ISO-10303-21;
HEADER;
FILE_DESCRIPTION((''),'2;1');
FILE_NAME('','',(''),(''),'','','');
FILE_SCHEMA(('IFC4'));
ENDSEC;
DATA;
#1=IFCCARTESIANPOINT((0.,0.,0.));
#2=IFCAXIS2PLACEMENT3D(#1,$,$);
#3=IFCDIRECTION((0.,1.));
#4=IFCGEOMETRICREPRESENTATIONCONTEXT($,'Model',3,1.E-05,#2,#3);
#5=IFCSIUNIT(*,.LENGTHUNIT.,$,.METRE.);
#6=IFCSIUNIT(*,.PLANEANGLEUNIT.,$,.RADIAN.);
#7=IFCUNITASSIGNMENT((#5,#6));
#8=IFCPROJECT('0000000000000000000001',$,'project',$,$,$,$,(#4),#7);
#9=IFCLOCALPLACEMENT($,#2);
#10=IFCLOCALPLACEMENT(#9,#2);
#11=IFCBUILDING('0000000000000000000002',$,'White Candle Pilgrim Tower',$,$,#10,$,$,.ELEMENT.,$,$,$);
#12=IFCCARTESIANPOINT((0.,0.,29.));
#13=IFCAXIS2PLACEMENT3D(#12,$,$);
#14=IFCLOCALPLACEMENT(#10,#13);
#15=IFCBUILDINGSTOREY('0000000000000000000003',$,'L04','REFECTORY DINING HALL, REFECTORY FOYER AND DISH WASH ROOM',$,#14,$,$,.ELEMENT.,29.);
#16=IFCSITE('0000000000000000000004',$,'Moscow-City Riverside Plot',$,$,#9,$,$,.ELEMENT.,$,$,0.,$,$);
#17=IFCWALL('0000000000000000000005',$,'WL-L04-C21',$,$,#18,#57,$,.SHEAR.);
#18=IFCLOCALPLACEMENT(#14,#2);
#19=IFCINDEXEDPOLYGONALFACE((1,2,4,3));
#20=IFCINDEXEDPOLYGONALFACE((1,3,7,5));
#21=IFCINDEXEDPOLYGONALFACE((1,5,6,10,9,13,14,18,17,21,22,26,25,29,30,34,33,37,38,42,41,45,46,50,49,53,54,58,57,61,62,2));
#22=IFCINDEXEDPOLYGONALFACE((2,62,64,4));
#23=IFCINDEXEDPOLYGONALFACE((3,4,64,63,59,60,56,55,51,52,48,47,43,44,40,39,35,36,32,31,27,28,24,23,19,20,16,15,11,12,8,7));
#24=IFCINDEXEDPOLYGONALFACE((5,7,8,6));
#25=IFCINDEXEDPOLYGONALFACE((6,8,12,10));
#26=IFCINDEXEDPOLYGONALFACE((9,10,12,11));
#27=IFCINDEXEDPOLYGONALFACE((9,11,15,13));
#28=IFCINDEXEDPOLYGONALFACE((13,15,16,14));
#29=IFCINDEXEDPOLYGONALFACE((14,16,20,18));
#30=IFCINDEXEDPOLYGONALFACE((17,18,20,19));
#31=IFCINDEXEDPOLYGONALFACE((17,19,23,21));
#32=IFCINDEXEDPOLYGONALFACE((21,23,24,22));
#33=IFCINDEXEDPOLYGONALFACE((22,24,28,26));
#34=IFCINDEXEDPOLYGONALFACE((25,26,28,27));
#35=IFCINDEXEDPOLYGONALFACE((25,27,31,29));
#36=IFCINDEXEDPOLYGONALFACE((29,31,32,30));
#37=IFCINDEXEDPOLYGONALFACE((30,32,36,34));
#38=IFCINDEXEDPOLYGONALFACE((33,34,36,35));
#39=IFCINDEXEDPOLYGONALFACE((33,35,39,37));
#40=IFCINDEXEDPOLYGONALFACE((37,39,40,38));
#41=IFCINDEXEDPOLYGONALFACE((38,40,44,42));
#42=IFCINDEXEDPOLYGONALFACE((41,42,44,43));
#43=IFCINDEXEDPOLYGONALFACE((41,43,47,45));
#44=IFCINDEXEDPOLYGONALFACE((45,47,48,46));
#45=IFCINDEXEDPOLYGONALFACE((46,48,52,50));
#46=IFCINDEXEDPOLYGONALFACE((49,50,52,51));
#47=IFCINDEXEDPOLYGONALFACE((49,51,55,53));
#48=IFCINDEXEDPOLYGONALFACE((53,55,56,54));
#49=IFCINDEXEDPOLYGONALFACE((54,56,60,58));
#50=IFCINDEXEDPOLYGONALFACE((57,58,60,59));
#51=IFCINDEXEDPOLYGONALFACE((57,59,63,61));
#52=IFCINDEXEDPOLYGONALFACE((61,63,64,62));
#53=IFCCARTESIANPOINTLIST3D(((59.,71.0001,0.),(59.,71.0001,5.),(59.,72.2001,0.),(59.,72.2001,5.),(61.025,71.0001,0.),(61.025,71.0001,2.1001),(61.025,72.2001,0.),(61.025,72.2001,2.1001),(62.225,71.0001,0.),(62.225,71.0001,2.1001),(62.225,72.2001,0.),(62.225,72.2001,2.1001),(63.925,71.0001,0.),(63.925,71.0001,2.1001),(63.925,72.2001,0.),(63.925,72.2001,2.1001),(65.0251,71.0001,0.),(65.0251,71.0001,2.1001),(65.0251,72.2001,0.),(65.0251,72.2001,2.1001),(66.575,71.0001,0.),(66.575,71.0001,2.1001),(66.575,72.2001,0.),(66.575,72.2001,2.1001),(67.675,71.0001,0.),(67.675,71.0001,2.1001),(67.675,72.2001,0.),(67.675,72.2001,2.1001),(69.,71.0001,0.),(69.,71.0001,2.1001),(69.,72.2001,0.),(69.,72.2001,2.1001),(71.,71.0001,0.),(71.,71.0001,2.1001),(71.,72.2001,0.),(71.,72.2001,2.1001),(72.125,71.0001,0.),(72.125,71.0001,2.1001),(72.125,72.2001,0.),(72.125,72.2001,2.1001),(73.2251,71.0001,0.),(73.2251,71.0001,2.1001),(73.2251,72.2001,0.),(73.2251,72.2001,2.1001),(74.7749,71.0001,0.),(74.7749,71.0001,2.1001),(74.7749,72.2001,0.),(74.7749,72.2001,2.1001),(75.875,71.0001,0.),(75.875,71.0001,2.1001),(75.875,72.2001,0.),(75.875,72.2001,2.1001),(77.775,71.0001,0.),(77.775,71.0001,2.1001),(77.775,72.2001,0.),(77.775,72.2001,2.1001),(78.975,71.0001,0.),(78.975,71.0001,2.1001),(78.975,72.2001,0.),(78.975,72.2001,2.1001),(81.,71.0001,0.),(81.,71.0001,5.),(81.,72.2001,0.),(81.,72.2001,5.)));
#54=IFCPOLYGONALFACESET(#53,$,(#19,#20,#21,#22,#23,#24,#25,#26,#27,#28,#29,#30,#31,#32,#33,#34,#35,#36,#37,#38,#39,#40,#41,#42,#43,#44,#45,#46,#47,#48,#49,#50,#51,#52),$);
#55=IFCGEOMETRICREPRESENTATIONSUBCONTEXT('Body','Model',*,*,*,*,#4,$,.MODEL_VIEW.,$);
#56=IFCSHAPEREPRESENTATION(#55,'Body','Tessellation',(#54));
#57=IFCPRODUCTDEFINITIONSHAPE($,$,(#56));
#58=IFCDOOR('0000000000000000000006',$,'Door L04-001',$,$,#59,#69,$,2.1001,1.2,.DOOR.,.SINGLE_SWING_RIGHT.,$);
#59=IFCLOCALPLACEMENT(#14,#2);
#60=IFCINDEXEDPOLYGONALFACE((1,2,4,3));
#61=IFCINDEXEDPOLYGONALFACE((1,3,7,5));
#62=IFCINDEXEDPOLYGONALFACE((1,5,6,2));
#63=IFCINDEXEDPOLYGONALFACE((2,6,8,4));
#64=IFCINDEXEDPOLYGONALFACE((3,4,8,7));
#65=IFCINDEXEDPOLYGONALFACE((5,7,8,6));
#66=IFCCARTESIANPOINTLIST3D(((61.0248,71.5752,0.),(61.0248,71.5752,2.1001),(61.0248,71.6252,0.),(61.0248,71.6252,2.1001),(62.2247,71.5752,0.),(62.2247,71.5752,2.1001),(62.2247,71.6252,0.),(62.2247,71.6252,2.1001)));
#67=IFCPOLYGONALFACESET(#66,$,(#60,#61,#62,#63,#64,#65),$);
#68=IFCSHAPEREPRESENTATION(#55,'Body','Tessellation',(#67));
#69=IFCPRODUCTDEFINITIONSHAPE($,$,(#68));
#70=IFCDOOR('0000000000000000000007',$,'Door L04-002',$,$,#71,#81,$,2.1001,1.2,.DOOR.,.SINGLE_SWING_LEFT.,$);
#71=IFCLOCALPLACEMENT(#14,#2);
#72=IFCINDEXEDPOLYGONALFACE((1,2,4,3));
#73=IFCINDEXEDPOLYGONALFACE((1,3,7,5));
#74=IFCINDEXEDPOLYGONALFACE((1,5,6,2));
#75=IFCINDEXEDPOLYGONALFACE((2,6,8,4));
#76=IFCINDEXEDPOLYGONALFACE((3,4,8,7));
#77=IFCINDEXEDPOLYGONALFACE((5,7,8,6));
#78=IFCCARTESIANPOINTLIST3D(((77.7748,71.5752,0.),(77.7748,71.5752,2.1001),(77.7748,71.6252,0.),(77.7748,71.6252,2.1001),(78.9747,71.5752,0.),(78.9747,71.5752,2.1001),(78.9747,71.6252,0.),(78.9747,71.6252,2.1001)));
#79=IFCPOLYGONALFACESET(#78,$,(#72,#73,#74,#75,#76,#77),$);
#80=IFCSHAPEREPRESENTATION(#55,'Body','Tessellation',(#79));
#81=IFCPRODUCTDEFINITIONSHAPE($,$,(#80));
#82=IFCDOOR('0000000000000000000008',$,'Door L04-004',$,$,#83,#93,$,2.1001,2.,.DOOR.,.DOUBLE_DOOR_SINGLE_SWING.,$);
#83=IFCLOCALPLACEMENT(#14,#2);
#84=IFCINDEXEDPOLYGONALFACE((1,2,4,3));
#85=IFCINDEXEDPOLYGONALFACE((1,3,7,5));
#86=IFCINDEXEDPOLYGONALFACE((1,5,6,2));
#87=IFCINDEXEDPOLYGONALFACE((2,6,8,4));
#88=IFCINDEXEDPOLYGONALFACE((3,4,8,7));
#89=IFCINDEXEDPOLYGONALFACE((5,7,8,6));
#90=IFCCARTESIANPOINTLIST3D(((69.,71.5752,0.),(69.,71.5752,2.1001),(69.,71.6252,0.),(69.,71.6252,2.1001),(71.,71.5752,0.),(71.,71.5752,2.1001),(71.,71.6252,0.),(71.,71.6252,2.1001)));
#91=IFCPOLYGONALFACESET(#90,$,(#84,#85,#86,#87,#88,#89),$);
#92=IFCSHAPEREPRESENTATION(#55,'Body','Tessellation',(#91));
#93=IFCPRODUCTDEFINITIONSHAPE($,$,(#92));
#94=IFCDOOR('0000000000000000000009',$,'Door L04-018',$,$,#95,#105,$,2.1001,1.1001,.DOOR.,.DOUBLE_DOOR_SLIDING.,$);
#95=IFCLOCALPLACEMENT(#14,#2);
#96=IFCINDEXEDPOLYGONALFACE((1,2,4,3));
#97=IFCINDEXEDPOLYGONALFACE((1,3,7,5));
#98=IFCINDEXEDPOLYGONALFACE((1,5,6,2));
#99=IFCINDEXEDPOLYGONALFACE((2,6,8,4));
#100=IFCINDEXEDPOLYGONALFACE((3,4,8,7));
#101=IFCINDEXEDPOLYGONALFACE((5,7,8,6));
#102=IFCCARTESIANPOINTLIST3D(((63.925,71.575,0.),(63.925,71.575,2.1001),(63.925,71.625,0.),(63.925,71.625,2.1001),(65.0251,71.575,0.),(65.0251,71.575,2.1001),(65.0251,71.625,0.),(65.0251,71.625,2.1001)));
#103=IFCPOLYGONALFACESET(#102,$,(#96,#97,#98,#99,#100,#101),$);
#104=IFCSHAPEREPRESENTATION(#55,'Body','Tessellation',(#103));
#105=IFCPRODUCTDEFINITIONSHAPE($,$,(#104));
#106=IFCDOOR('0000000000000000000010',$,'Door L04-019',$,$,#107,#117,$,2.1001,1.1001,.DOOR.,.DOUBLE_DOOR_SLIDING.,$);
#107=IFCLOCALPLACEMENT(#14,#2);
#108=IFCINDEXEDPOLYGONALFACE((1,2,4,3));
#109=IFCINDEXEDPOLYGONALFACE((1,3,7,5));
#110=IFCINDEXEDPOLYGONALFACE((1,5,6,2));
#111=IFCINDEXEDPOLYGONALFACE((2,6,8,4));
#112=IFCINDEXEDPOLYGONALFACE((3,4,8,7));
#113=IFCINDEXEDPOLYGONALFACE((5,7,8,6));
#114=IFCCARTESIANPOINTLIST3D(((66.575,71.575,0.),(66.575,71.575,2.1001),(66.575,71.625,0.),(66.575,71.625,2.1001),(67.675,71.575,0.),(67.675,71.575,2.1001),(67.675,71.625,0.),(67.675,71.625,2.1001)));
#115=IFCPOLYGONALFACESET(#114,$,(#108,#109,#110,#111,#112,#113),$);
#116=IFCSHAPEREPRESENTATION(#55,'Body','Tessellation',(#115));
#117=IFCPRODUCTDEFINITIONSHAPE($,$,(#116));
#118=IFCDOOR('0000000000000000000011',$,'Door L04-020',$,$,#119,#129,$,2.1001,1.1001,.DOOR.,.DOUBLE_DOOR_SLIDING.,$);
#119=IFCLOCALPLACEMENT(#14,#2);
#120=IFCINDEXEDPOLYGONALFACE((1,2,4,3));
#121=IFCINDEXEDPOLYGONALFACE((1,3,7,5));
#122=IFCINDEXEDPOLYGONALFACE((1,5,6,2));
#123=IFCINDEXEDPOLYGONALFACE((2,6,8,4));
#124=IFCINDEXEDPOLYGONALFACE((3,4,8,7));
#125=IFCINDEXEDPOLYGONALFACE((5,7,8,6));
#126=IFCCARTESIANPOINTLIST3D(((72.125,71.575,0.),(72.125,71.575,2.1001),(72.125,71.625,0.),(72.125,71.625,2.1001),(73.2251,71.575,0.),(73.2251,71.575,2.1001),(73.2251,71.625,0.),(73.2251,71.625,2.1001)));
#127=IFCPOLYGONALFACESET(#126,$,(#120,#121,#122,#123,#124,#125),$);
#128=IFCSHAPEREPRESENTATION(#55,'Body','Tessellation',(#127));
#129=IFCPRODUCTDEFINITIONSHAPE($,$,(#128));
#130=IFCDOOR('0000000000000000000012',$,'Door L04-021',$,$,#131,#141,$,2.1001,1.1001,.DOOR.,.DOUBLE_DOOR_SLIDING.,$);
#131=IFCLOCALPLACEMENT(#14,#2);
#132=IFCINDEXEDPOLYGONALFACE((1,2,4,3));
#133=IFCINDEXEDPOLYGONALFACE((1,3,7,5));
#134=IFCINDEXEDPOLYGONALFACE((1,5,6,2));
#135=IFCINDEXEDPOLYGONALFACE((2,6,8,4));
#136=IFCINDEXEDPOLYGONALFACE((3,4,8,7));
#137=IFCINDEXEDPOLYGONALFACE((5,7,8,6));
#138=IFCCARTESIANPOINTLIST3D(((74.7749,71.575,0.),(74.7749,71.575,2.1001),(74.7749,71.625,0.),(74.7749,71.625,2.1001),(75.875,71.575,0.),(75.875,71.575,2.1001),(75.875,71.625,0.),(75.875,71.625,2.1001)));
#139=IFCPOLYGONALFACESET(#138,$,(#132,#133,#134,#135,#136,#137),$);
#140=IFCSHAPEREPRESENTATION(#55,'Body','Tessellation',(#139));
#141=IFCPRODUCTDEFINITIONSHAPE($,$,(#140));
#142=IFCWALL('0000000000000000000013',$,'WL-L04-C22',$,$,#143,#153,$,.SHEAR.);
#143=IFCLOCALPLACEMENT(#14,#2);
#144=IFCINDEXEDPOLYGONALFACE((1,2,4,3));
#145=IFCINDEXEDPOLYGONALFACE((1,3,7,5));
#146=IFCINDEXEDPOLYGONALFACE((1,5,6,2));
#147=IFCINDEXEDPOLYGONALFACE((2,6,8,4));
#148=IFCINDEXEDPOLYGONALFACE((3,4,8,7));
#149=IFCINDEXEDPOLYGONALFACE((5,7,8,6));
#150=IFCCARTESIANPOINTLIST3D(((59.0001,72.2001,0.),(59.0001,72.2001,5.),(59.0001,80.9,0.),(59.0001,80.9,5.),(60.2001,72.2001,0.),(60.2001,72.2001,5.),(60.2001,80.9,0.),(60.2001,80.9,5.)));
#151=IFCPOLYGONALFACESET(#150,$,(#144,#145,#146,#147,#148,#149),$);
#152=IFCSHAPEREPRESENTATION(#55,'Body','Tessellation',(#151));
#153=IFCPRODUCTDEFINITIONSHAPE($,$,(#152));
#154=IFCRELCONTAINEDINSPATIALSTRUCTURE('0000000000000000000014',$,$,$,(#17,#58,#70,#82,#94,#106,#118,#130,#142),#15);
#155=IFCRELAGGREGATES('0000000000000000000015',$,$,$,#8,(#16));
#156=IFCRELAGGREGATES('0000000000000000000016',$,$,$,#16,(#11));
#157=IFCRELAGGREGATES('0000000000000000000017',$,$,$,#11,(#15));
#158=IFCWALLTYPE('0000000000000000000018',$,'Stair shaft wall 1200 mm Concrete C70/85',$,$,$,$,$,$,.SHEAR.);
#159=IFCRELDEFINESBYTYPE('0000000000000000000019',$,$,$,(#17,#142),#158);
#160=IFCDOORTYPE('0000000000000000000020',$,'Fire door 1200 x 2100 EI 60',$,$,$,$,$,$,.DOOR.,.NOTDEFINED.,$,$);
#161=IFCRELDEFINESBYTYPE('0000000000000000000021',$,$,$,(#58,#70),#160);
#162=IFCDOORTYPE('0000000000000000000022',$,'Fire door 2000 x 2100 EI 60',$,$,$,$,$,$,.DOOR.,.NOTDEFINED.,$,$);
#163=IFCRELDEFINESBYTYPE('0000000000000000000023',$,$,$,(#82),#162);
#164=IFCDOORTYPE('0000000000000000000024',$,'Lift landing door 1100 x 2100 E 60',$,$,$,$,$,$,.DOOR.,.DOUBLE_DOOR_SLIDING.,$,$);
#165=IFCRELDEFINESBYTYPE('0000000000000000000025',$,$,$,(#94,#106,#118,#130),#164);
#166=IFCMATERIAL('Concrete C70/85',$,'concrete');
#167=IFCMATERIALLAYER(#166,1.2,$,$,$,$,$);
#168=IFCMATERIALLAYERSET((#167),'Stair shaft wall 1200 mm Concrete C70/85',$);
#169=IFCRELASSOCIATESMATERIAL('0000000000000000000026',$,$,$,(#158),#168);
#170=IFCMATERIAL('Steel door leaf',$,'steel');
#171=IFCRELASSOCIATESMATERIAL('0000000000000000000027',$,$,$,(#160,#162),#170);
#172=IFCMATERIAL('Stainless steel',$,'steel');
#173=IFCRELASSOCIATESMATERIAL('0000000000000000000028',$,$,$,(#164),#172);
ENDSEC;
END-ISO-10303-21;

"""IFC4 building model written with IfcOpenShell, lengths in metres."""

from ifc_helpers import new_model, si_unit, direction, frame, frame_2d, origin, place, context, subcontext, project, spatial, rectangle, extrude, material, layer, layer_set, type_object, element, fill, save


model = new_model("IFC4")

# Units and contexts
model_context = context("Model", 3, precision=1e-05, world=origin(), true_north=direction((0.0, 1.0)))
body_context = subcontext(model_context, "Body", "Model", "MODEL_VIEW")
ifc_project = project(units=[si_unit("LENGTHUNIT", "METRE"), si_unit("PLANEANGLEUNIT", "RADIAN")], contexts=[model_context])

# Site, building, storey
site_placement = place(None, origin())
site = spatial("IfcSite", under=ifc_project, at=site_placement, Name="Moscow-City Riverside Plot", CompositionType="ELEMENT", RefElevation=0.0)
building_placement = place(site_placement, origin())
building = spatial("IfcBuilding", under=site, at=building_placement, Name="White Candle Pilgrim Tower", CompositionType="ELEMENT")
storey_placement = place(building_placement, frame((0.0, 0.0, 29.0)))
storey = spatial("IfcBuildingStorey", under=building, at=storey_placement, Name="L04", Description="REFECTORY DINING HALL, REFECTORY FOYER AND DISH WASH ROOM", CompositionType="ELEMENT", Elevation=29.0)

# Shared definitions
ifc_material_1 = material(Name="Steel door leaf", Category="steel")

# Wall, openings, doors
ifc_material_2 = material(Name="Concrete C70/85", Category="concrete")
ifc_layer_1 = layer(ifc_material_2, 1.2)
ifc_layer_set_1 = layer_set([ifc_layer_1], Name="Stair shaft wall 1200 mm Concrete C70/85")
wall_type_1 = type_object("IfcWallType", Name="Stair shaft wall 1200 mm Concrete C70/85", PredefinedType="SHEAR", material=ifc_layer_set_1)
wall_1_placement = place(storey_placement, frame((59.0, 71.6001, 0.0), z_axis=(0.0, 0.0, 1.0), x_axis=(1.0, 0.0, 0.0)))
wall_1 = element("IfcWall", 1, at=wall_1_placement, inside=storey, type_object=wall_type_1, Name="WL-L04-C21", PredefinedType="SHEAR", context=body_context, shape_type="SweptSolid", body=[
    extrude(rectangle(XDim=22.0, YDim=1.2, at=frame_2d((11.0, 0.0))), origin(), (0.0, 0.0, 1.0), 5.0),
])
opening_1_placement = place(wall_1_placement, frame((2.0249, 0.0, 0.0)))
opening_1 = element("IfcOpeningElement", 2, at=opening_1_placement, cuts=wall_1, PredefinedType="OPENING", context=body_context, shape_type="SweptSolid", body=[
    extrude(rectangle(XDim=1.2, YDim=2.1001, at=frame_2d((0.6001, 1.05))), frame((0.0, 0.6099, 0.0), z_axis=(0.0, -1.0, 0.0), x_axis=(1.0, 0.0, 0.0)), (0.0, 0.0, 1.0), 1.22),
])
opening_2_placement = place(wall_1_placement, frame((18.7749, 0.0, 0.0)))
opening_2 = element("IfcOpeningElement", 3, at=opening_2_placement, cuts=wall_1, PredefinedType="OPENING", context=body_context, shape_type="SweptSolid", body=[
    extrude(rectangle(XDim=1.2, YDim=2.1001, at=frame_2d((0.6001, 1.05))), frame((0.0, 0.6099, 0.0), z_axis=(0.0, -1.0, 0.0), x_axis=(1.0, 0.0, 0.0)), (0.0, 0.0, 1.0), 1.22),
])
opening_3_placement = place(wall_1_placement, frame((10.0, 0.0, 0.0)))
opening_3 = element("IfcOpeningElement", 4, at=opening_3_placement, cuts=wall_1, PredefinedType="OPENING", context=body_context, shape_type="SweptSolid", body=[
    extrude(rectangle(XDim=2.0, YDim=2.1001, at=frame_2d((1.0, 1.05))), frame((0.0, 0.6099, 0.0), z_axis=(0.0, -1.0, 0.0), x_axis=(1.0, 0.0, 0.0)), (0.0, 0.0, 1.0), 1.22),
])
opening_4_placement = place(wall_1_placement, frame((4.925, 0.0, 0.0)))
opening_4 = element("IfcOpeningElement", 5, at=opening_4_placement, cuts=wall_1, PredefinedType="OPENING", context=body_context, shape_type="SweptSolid", body=[
    extrude(rectangle(XDim=1.1001, YDim=2.1001, at=frame_2d((0.55, 1.05))), frame((0.0, 0.6099, 0.0), z_axis=(0.0, -1.0, 0.0), x_axis=(1.0, 0.0, 0.0)), (0.0, 0.0, 1.0), 1.22),
])
opening_5_placement = place(wall_1_placement, frame((7.575, 0.0, 0.0)))
opening_5 = element("IfcOpeningElement", 6, at=opening_5_placement, cuts=wall_1, PredefinedType="OPENING", context=body_context, shape_type="SweptSolid", body=[
    extrude(rectangle(XDim=1.1001, YDim=2.1001, at=frame_2d((0.55, 1.05))), frame((0.0, 0.6099, 0.0), z_axis=(0.0, -1.0, 0.0), x_axis=(1.0, 0.0, 0.0)), (0.0, 0.0, 1.0), 1.22),
])
opening_6_placement = place(wall_1_placement, frame((13.125, 0.0, 0.0)))
opening_6 = element("IfcOpeningElement", 7, at=opening_6_placement, cuts=wall_1, PredefinedType="OPENING", context=body_context, shape_type="SweptSolid", body=[
    extrude(rectangle(XDim=1.1001, YDim=2.1001, at=frame_2d((0.55, 1.05))), frame((0.0, 0.6099, 0.0), z_axis=(0.0, -1.0, 0.0), x_axis=(1.0, 0.0, 0.0)), (0.0, 0.0, 1.0), 1.22),
])
opening_7_placement = place(wall_1_placement, frame((15.7749, 0.0, 0.0)))
opening_7 = element("IfcOpeningElement", 8, at=opening_7_placement, cuts=wall_1, PredefinedType="OPENING", context=body_context, shape_type="SweptSolid", body=[
    extrude(rectangle(XDim=1.1001, YDim=2.1001, at=frame_2d((0.55, 1.05))), frame((0.0, 0.6099, 0.0), z_axis=(0.0, -1.0, 0.0), x_axis=(1.0, 0.0, 0.0)), (0.0, 0.0, 1.0), 1.22),
])
door_type_1 = type_object("IfcDoorType", Name="Fire door 1200 x 2100 EI 60", OperationType="NOTDEFINED", PredefinedType="DOOR", material=ifc_material_1)
door_1_placement = place(opening_1_placement, frame((1.2, 0.0, 0.0), z_axis=(0.0, 0.0, 1.0), x_axis=(-1.0, 0.0, 0.0)))
door_1 = element("IfcDoor", 9, at=door_1_placement, inside=storey, type_object=door_type_1, Name="Door L04-001", OperationType="SINGLE_SWING_RIGHT", OverallHeight=2.1001, OverallWidth=1.2, PredefinedType="DOOR", context=body_context, shape_type="SweptSolid", body=[
    extrude(rectangle(XDim=1.2, YDim=2.1001, at=frame_2d((0.6001, 1.05))), frame((0.0, 0.0249, 0.0), z_axis=(0.0, -1.0, 0.0), x_axis=(1.0, 0.0, 0.0)), (0.0, 0.0, 1.0), 0.05),
])
fill(opening_1, door_1)
door_2_placement = place(opening_2_placement, frame((1.2, 0.0, 0.0), z_axis=(0.0, 0.0, 1.0), x_axis=(-1.0, 0.0, 0.0)))
door_2 = element("IfcDoor", 10, at=door_2_placement, inside=storey, type_object=door_type_1, Name="Door L04-002", OperationType="SINGLE_SWING_LEFT", OverallHeight=2.1001, OverallWidth=1.2, PredefinedType="DOOR", context=body_context, shape_type="SweptSolid", body=[
    extrude(rectangle(XDim=1.2, YDim=2.1001, at=frame_2d((0.6001, 1.05))), frame((0.0, 0.0249, 0.0), z_axis=(0.0, -1.0, 0.0), x_axis=(1.0, 0.0, 0.0)), (0.0, 0.0, 1.0), 0.05),
])
fill(opening_2, door_2)
door_type_2 = type_object("IfcDoorType", Name="Fire door 2000 x 2100 EI 60", OperationType="NOTDEFINED", PredefinedType="DOOR", material=ifc_material_1)
door_3_placement = place(opening_3_placement, frame((2.0, 0.0, 0.0), z_axis=(0.0, 0.0, 1.0), x_axis=(-1.0, 0.0, 0.0)))
door_3 = element("IfcDoor", 11, at=door_3_placement, inside=storey, type_object=door_type_2, Name="Door L04-004", OperationType="DOUBLE_DOOR_SINGLE_SWING", OverallHeight=2.1001, OverallWidth=2.0, PredefinedType="DOOR", context=body_context, shape_type="SweptSolid", body=[
    extrude(rectangle(XDim=2.0, YDim=2.1001, at=frame_2d((1.0, 1.05))), frame((0.0, 0.0249, 0.0), z_axis=(0.0, -1.0, 0.0), x_axis=(1.0, 0.0, 0.0)), (0.0, 0.0, 1.0), 0.05),
])
fill(opening_3, door_3)
ifc_material_3 = material(Name="Stainless steel", Category="steel")
door_type_3 = type_object("IfcDoorType", Name="Lift landing door 1100 x 2100 E 60", OperationType="DOUBLE_DOOR_SLIDING", PredefinedType="DOOR", material=ifc_material_3)
door_4_placement = place(opening_4_placement, origin())
door_4 = element("IfcDoor", 12, at=door_4_placement, inside=storey, type_object=door_type_3, Name="Door L04-018", OperationType="DOUBLE_DOOR_SLIDING", OverallHeight=2.1001, OverallWidth=1.1001, PredefinedType="DOOR", context=body_context, shape_type="SweptSolid", body=[
    extrude(rectangle(XDim=1.1001, YDim=2.1001, at=frame_2d((0.55, 1.05))), frame((0.0, 0.0249, 0.0), z_axis=(0.0, -1.0, 0.0), x_axis=(1.0, 0.0, 0.0)), (0.0, 0.0, 1.0), 0.05),
])
fill(opening_4, door_4)
door_5_placement = place(opening_5_placement, origin())
door_5 = element("IfcDoor", 13, at=door_5_placement, inside=storey, type_object=door_type_3, Name="Door L04-019", OperationType="DOUBLE_DOOR_SLIDING", OverallHeight=2.1001, OverallWidth=1.1001, PredefinedType="DOOR", context=body_context, shape_type="SweptSolid", body=[
    extrude(rectangle(XDim=1.1001, YDim=2.1001, at=frame_2d((0.55, 1.05))), frame((0.0, 0.0249, 0.0), z_axis=(0.0, -1.0, 0.0), x_axis=(1.0, 0.0, 0.0)), (0.0, 0.0, 1.0), 0.05),
])
fill(opening_5, door_5)
door_6_placement = place(opening_6_placement, origin())
door_6 = element("IfcDoor", 14, at=door_6_placement, inside=storey, type_object=door_type_3, Name="Door L04-020", OperationType="DOUBLE_DOOR_SLIDING", OverallHeight=2.1001, OverallWidth=1.1001, PredefinedType="DOOR", context=body_context, shape_type="SweptSolid", body=[
    extrude(rectangle(XDim=1.1001, YDim=2.1001, at=frame_2d((0.55, 1.05))), frame((0.0, 0.0249, 0.0), z_axis=(0.0, -1.0, 0.0), x_axis=(1.0, 0.0, 0.0)), (0.0, 0.0, 1.0), 0.05),
])
fill(opening_6, door_6)
door_7_placement = place(opening_7_placement, origin())
door_7 = element("IfcDoor", 15, at=door_7_placement, inside=storey, type_object=door_type_3, Name="Door L04-021", OperationType="DOUBLE_DOOR_SLIDING", OverallHeight=2.1001, OverallWidth=1.1001, PredefinedType="DOOR", context=body_context, shape_type="SweptSolid", body=[
    extrude(rectangle(XDim=1.1001, YDim=2.1001, at=frame_2d((0.55, 1.05))), frame((0.0, 0.0249, 0.0), z_axis=(0.0, -1.0, 0.0), x_axis=(1.0, 0.0, 0.0)), (0.0, 0.0, 1.0), 0.05),
])
fill(opening_7, door_7)

# Wall
wall_2_placement = place(storey_placement, frame((59.6001, 72.2, 0.0), z_axis=(0.0, 0.0, 1.0), x_axis=(0.0, 1.0, 0.0)))
element("IfcWall", 16, at=wall_2_placement, inside=storey, type_object=wall_type_1, Name="WL-L04-C22", PredefinedType="SHEAR", context=body_context, shape_type="SweptSolid", body=[
    extrude(rectangle(XDim=8.7, YDim=1.2, at=frame_2d((4.3501, 0.0))), origin(), (0.0, 0.0, 1.0), 5.0),
])

save(model, "model.ifc")
